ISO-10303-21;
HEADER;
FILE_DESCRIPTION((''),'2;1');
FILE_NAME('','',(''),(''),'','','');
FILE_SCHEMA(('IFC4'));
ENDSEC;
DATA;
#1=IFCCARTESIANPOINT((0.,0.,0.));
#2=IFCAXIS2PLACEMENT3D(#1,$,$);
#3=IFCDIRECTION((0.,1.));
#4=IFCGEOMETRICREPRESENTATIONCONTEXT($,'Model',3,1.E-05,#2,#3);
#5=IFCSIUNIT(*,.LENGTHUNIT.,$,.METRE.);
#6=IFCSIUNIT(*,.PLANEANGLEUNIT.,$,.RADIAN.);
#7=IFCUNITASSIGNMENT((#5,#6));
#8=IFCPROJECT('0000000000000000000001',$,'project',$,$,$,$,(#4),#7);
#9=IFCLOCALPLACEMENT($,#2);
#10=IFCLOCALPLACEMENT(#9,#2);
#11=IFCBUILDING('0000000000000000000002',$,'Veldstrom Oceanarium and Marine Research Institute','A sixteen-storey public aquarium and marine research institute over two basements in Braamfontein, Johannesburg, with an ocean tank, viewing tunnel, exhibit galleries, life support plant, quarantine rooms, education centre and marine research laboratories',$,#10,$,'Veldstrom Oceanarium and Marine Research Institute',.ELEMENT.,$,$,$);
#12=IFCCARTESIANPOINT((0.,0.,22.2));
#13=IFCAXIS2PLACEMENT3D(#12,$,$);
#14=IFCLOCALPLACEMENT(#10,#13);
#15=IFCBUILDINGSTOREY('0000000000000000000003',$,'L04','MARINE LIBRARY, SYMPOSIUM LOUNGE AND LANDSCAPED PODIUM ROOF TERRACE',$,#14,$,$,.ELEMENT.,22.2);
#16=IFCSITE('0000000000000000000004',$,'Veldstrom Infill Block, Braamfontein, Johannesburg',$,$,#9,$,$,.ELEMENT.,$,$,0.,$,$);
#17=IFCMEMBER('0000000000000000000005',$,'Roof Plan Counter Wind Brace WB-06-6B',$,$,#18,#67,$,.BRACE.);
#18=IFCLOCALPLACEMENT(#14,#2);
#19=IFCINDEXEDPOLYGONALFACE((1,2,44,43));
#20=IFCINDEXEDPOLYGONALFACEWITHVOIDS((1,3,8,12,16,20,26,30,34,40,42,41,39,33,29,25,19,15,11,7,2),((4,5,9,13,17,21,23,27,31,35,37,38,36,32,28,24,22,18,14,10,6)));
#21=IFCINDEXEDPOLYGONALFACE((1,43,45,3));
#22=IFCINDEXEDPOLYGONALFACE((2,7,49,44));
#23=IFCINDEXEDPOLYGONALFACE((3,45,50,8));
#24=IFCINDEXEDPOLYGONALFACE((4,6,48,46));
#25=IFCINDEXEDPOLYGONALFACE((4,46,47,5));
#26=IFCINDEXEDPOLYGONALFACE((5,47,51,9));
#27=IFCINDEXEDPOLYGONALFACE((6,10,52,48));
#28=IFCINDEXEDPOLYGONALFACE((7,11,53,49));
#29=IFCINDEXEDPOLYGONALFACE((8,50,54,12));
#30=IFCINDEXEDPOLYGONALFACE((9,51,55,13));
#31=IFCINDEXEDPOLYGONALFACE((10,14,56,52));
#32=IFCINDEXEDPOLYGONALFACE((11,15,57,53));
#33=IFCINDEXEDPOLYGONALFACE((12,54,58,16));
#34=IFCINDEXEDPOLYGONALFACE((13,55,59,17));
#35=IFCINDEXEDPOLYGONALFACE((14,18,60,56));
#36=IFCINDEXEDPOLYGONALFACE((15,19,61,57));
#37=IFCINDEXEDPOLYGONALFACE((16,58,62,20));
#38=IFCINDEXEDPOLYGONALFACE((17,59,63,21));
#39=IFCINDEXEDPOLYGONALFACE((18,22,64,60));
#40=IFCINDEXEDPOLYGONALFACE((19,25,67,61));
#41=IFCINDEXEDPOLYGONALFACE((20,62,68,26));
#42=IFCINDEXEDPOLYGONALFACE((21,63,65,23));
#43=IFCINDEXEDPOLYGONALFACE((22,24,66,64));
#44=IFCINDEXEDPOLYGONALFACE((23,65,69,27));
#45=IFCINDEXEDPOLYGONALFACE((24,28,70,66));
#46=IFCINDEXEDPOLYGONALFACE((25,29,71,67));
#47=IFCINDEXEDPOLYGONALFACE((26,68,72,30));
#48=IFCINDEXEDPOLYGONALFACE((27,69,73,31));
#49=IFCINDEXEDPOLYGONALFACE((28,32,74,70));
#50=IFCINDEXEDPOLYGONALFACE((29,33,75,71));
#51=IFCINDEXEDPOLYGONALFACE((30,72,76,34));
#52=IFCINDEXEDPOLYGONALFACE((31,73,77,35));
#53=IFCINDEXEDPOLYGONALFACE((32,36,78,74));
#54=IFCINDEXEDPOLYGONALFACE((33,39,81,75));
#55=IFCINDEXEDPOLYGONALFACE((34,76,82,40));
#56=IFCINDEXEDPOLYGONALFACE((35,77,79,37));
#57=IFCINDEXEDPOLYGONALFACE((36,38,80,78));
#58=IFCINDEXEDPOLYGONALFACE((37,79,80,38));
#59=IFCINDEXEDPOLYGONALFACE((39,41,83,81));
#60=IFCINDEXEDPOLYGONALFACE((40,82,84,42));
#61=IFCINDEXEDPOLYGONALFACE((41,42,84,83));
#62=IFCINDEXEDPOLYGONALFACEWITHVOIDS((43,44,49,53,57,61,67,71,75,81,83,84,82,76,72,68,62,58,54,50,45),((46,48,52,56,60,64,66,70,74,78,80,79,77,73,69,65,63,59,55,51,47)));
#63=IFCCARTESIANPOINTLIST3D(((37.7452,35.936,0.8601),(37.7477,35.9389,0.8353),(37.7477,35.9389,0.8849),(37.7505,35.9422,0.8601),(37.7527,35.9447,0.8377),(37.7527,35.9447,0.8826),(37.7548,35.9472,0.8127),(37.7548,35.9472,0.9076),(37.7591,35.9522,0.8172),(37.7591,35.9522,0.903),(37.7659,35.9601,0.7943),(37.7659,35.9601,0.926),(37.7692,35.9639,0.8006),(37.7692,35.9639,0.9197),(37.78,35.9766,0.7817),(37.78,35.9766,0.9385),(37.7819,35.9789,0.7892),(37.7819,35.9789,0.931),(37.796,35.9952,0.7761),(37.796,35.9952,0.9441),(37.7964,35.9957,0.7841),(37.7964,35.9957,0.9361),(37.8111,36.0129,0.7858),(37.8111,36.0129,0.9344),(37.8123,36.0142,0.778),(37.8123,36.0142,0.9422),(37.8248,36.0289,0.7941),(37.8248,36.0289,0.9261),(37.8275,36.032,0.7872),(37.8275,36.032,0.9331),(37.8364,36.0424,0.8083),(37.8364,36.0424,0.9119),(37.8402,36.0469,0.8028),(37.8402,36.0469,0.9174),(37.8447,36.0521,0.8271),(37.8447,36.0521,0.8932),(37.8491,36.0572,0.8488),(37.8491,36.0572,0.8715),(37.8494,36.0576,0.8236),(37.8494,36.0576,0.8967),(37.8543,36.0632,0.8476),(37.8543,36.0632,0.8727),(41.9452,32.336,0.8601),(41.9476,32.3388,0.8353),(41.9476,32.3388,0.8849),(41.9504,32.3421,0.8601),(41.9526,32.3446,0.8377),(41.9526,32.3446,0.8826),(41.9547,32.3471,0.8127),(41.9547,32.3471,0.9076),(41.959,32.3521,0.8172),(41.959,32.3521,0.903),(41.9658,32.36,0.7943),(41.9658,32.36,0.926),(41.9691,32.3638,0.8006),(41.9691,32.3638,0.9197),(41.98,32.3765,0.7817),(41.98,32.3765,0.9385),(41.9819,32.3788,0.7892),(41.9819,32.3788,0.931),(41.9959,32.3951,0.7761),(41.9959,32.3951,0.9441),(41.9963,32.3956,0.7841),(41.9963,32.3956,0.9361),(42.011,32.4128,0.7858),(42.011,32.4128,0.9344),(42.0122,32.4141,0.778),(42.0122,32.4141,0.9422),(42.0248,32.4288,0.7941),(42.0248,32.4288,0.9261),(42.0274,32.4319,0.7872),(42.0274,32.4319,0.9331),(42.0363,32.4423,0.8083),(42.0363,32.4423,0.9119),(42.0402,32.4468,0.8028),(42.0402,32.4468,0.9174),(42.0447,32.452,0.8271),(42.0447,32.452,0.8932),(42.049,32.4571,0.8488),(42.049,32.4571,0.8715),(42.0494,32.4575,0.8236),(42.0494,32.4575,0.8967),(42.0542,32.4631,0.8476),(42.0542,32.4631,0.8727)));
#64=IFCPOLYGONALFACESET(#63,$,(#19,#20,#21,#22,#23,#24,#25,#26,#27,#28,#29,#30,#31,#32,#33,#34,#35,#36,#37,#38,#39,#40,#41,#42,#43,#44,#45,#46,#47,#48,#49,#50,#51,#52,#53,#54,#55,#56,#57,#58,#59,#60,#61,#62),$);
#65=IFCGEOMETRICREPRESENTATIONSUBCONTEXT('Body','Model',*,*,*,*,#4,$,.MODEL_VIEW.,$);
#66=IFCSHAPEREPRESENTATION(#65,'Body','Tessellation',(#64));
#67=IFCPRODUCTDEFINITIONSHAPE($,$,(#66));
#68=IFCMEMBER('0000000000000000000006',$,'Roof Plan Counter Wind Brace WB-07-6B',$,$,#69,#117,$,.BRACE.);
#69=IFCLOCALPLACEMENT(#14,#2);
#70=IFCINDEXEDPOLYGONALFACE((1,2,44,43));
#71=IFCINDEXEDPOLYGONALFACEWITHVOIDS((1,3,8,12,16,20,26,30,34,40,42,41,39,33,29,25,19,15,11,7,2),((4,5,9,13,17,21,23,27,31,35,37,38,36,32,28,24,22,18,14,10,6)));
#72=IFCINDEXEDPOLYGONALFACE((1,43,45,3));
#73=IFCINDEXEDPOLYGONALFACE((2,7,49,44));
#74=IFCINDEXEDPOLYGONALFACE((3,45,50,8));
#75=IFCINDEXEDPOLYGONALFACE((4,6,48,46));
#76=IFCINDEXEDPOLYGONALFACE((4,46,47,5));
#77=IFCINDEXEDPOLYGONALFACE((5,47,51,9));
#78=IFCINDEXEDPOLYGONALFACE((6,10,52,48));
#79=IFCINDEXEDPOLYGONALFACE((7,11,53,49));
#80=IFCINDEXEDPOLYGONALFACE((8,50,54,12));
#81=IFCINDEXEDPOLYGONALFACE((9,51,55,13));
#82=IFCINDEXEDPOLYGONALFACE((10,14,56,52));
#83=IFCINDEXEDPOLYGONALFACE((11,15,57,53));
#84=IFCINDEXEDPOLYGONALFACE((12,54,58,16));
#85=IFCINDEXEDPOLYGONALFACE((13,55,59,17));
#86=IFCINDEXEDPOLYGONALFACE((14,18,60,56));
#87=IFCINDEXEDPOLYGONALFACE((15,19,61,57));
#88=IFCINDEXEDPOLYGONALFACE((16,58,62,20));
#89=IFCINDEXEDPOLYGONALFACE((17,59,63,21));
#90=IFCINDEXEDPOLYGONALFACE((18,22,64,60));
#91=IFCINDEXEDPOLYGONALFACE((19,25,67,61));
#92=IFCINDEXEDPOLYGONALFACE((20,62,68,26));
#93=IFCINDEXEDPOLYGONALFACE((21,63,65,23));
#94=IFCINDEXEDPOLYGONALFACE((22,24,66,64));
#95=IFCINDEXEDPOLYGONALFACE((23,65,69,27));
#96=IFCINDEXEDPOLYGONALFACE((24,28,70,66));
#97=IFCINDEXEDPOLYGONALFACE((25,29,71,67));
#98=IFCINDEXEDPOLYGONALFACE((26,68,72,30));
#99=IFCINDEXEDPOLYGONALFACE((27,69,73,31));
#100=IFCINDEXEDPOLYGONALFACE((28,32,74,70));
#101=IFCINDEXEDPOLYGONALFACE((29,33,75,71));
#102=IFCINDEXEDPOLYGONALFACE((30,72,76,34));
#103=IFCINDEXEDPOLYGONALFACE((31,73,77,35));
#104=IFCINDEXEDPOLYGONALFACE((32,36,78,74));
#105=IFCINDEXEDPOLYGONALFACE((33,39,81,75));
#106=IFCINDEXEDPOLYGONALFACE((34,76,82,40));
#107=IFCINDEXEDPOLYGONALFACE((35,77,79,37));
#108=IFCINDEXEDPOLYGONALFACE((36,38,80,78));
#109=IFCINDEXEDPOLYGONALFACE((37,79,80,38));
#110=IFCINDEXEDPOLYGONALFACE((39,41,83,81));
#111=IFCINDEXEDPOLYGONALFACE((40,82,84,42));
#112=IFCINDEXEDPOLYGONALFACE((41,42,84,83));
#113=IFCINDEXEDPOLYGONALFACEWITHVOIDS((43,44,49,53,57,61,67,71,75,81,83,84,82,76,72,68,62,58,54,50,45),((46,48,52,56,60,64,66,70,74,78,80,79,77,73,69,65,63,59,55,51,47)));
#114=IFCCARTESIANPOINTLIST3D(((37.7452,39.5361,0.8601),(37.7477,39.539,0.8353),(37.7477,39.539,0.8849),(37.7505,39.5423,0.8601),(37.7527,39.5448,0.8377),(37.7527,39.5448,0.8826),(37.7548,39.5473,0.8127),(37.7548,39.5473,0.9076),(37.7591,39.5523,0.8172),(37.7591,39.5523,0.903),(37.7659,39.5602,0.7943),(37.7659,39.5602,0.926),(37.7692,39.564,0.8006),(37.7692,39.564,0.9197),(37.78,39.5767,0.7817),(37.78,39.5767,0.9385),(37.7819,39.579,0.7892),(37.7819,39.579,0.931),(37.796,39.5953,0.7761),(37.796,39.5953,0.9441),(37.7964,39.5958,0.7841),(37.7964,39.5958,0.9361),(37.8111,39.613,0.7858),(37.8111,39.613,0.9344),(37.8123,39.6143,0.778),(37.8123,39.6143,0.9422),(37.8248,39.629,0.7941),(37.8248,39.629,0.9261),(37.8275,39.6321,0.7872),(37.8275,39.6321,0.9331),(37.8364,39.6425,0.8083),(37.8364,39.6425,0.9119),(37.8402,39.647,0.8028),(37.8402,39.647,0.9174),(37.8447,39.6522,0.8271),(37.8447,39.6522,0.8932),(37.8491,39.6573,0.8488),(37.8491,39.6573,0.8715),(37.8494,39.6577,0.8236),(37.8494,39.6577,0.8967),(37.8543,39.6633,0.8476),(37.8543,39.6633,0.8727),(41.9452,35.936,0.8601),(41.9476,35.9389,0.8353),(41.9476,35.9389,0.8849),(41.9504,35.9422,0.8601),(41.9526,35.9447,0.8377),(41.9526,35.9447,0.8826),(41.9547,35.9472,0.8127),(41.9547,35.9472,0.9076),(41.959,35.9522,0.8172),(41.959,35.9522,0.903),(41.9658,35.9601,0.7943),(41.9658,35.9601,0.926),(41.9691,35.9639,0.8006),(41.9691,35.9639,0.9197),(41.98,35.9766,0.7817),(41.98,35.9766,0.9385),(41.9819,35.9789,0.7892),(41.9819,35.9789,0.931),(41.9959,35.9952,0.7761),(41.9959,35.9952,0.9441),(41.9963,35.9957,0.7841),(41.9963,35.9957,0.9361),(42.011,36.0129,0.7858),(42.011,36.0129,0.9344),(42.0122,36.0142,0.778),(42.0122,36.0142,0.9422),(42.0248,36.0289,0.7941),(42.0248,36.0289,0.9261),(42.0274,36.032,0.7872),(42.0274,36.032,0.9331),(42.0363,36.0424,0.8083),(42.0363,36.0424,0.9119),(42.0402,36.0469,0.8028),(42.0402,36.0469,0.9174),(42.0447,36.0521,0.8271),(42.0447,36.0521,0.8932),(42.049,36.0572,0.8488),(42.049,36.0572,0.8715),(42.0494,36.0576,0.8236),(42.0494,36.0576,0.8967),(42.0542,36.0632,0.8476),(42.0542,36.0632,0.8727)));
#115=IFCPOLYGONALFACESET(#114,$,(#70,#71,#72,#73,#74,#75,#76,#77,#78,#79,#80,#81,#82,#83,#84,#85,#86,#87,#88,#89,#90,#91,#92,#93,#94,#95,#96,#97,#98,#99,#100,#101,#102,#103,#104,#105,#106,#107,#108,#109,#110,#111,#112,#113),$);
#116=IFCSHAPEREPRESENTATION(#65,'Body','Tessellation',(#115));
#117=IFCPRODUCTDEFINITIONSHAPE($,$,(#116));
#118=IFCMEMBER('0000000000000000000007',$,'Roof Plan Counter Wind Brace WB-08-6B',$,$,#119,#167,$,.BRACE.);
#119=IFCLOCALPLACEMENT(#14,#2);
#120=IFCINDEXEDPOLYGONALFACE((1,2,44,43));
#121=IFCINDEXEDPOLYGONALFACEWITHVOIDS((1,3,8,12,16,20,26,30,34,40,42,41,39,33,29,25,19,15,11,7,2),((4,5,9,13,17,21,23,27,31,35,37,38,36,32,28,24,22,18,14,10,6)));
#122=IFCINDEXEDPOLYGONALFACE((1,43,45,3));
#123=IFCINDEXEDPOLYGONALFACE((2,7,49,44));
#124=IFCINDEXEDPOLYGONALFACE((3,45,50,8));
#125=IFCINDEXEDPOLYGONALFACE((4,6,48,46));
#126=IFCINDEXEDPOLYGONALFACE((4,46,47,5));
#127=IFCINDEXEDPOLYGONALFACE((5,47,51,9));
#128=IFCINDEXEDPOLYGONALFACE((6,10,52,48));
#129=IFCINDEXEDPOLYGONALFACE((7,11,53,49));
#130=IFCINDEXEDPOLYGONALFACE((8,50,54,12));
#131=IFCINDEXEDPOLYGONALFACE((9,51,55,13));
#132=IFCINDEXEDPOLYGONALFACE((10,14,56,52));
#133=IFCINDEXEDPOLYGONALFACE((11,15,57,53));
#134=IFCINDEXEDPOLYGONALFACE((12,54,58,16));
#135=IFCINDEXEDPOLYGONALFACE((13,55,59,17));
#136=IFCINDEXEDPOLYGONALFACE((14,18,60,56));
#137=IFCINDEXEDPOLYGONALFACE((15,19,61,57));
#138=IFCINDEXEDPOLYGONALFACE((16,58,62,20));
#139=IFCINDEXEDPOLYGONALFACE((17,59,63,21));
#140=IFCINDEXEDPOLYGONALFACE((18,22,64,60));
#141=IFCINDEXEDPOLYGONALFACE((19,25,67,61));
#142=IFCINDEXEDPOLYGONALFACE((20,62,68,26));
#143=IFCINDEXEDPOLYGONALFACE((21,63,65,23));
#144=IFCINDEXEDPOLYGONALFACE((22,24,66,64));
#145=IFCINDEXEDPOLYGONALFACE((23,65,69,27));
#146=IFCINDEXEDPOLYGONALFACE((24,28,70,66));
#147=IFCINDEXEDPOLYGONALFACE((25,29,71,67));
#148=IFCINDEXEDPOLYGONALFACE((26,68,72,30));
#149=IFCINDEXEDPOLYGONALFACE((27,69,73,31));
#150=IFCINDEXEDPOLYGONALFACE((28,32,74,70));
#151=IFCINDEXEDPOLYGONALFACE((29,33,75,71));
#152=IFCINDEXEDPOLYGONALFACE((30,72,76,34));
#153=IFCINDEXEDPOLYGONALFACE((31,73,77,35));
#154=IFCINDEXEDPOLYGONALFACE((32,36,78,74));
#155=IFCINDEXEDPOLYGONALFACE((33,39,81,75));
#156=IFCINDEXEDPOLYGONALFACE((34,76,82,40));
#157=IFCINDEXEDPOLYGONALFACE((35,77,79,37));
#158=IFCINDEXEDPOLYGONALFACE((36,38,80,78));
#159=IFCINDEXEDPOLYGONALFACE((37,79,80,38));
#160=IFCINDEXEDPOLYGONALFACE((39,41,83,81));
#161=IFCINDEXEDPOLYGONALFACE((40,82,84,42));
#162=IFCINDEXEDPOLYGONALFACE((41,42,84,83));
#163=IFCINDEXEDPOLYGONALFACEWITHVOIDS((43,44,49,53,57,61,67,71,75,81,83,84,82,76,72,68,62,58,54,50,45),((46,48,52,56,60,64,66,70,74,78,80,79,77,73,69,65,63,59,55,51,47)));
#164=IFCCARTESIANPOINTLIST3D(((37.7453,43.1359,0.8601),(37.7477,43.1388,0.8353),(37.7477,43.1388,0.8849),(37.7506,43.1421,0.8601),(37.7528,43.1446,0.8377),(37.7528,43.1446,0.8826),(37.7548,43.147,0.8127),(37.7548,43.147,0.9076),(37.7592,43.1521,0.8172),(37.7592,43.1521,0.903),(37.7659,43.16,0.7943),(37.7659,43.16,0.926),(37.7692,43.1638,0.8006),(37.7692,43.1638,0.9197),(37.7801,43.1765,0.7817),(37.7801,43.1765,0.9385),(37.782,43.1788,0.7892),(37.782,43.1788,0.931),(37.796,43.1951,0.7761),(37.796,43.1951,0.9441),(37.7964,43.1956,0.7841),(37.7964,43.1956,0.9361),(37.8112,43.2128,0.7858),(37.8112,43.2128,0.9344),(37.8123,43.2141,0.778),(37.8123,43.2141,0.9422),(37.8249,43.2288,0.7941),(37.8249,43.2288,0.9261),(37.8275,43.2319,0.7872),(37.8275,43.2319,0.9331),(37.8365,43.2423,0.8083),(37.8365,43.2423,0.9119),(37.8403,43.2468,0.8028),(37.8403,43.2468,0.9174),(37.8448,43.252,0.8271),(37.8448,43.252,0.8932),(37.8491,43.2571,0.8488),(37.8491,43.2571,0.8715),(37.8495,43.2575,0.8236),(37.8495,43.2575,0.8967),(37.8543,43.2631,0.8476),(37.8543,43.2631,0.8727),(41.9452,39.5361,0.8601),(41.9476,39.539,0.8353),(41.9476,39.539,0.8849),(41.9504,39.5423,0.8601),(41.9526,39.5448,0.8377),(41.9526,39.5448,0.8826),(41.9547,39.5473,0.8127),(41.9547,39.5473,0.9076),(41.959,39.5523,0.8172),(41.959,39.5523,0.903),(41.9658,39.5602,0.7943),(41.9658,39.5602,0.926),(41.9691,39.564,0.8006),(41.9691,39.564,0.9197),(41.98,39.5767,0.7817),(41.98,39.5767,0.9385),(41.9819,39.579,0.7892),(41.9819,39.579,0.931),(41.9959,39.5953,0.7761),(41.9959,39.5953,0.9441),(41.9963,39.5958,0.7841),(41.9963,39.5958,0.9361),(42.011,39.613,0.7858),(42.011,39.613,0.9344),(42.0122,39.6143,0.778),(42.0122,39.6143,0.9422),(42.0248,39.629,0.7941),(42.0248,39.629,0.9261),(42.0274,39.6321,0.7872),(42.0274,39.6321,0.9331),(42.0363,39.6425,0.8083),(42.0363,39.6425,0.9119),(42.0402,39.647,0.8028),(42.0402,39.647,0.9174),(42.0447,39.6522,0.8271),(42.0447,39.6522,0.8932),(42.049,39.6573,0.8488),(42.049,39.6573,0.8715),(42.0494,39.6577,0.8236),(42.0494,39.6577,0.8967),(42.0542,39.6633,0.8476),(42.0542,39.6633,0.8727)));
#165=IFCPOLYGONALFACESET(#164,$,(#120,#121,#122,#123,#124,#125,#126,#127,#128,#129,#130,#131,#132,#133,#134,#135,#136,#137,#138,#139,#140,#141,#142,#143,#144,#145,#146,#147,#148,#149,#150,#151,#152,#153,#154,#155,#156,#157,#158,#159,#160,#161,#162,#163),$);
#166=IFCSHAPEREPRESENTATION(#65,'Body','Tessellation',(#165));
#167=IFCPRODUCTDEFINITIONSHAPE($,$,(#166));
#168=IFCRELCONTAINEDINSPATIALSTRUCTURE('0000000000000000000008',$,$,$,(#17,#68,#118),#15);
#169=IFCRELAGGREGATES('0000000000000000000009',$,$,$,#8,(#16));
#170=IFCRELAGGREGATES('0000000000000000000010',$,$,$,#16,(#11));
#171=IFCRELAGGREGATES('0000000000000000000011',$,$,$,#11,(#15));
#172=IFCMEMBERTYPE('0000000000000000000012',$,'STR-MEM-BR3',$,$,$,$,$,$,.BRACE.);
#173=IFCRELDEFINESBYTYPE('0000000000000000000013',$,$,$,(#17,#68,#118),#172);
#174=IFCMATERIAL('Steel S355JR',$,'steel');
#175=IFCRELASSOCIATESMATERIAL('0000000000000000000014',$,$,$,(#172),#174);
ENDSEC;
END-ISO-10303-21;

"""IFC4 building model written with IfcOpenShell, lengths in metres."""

from ifc_helpers import new_model, si_unit, direction, frame, origin, origin_2d, place, context, subcontext, project, spatial, hollow_circle, extrude, material, material_profile, profile_set, type_object, element, save


model = new_model("IFC4")

# Units and contexts
model_context = context("Model", 3, precision=1e-05, world=origin(), true_north=direction((0.0, 1.0)))
body_context = subcontext(model_context, "Body", "Model", "MODEL_VIEW")
ifc_project = project(units=[si_unit("LENGTHUNIT", "METRE"), si_unit("PLANEANGLEUNIT", "RADIAN")], contexts=[model_context])

# Site, building, storey
site_placement = place(None, origin())
site = spatial("IfcSite", under=ifc_project, at=site_placement, Name="Veldstrom Infill Block, Braamfontein, Johannesburg", CompositionType="ELEMENT", RefElevation=0.0)
building_placement = place(site_placement, origin())
building = spatial("IfcBuilding", under=site, at=building_placement, Name="Veldstrom Oceanarium and Marine Research Institute", Description="A sixteen-storey public aquarium and marine research institute over two basements in Braamfontein, Johannesburg, with an ocean tank, viewing tunnel, exhibit galleries, life support plant, quarantine rooms, education centre and marine research laboratories", LongName="Veldstrom Oceanarium and Marine Research Institute", CompositionType="ELEMENT")
storey_placement = place(building_placement, frame((0.0, 0.0, 22.2)))
storey = spatial("IfcBuildingStorey", under=building, at=storey_placement, Name="L04", Description="MARINE LIBRARY, SYMPOSIUM LOUNGE AND LANDSCAPED PODIUM ROOF TERRACE", CompositionType="ELEMENT", Elevation=22.2)

# Members
ifc_material_1 = material(Name="Steel S355JR", Category="steel")
ifc_material_profile_1 = material_profile(ifc_material_1, hollow_circle(Radius=0.0842, WallThickness=0.0081, at=origin_2d()), Name="CHS 168.3x8")
ifc_profile_set_1 = profile_set([ifc_material_profile_1], Name="Steel S355JR")
member_type_1 = type_object("IfcMemberType", Name="STR-MEM-BR3", PredefinedType="BRACE", material=ifc_profile_set_1)
for number, where, z_axis, x_axis, name in (
    (1, (42.0, 32.3999, 0.8601), (-0.759244, 0.650806, 0.0), (-0.650806, -0.759244, 0.0), "Roof Plan Counter Wind Brace WB-06-6B"),
    (2, (42.0, 36.0, 0.8601), (-0.759244, 0.650806, 0.0), (-0.650806, -0.759244, 0.0), "Roof Plan Counter Wind Brace WB-07-6B"),
):
    element("IfcMember", number, at=place(storey_placement, frame(where, z_axis=z_axis, x_axis=x_axis)), inside=storey, type_object=member_type_1, Name=name, PredefinedType="BRACE", context=body_context, shape_type="SweptSolid", body=[
        extrude(hollow_circle(Radius=0.0842, WallThickness=0.0081, at=origin_2d()), origin(), (0.0, 0.0, 1.0), 5.5317),
    ])
member_1_placement = place(storey_placement, frame((42.0, 39.6001, 0.8601), z_axis=(-0.759266, 0.65078, 0.0), x_axis=(-0.65078, -0.759266, 0.0)))
element("IfcMember", 3, at=member_1_placement, inside=storey, type_object=member_type_1, Name="Roof Plan Counter Wind Brace WB-08-6B", PredefinedType="BRACE", context=body_context, shape_type="SweptSolid", body=[
    extrude(hollow_circle(Radius=0.0842, WallThickness=0.0081, at=origin_2d()), origin(), (0.0, 0.0, 1.0), 5.5315),
])

save(model, "model.ifc")
